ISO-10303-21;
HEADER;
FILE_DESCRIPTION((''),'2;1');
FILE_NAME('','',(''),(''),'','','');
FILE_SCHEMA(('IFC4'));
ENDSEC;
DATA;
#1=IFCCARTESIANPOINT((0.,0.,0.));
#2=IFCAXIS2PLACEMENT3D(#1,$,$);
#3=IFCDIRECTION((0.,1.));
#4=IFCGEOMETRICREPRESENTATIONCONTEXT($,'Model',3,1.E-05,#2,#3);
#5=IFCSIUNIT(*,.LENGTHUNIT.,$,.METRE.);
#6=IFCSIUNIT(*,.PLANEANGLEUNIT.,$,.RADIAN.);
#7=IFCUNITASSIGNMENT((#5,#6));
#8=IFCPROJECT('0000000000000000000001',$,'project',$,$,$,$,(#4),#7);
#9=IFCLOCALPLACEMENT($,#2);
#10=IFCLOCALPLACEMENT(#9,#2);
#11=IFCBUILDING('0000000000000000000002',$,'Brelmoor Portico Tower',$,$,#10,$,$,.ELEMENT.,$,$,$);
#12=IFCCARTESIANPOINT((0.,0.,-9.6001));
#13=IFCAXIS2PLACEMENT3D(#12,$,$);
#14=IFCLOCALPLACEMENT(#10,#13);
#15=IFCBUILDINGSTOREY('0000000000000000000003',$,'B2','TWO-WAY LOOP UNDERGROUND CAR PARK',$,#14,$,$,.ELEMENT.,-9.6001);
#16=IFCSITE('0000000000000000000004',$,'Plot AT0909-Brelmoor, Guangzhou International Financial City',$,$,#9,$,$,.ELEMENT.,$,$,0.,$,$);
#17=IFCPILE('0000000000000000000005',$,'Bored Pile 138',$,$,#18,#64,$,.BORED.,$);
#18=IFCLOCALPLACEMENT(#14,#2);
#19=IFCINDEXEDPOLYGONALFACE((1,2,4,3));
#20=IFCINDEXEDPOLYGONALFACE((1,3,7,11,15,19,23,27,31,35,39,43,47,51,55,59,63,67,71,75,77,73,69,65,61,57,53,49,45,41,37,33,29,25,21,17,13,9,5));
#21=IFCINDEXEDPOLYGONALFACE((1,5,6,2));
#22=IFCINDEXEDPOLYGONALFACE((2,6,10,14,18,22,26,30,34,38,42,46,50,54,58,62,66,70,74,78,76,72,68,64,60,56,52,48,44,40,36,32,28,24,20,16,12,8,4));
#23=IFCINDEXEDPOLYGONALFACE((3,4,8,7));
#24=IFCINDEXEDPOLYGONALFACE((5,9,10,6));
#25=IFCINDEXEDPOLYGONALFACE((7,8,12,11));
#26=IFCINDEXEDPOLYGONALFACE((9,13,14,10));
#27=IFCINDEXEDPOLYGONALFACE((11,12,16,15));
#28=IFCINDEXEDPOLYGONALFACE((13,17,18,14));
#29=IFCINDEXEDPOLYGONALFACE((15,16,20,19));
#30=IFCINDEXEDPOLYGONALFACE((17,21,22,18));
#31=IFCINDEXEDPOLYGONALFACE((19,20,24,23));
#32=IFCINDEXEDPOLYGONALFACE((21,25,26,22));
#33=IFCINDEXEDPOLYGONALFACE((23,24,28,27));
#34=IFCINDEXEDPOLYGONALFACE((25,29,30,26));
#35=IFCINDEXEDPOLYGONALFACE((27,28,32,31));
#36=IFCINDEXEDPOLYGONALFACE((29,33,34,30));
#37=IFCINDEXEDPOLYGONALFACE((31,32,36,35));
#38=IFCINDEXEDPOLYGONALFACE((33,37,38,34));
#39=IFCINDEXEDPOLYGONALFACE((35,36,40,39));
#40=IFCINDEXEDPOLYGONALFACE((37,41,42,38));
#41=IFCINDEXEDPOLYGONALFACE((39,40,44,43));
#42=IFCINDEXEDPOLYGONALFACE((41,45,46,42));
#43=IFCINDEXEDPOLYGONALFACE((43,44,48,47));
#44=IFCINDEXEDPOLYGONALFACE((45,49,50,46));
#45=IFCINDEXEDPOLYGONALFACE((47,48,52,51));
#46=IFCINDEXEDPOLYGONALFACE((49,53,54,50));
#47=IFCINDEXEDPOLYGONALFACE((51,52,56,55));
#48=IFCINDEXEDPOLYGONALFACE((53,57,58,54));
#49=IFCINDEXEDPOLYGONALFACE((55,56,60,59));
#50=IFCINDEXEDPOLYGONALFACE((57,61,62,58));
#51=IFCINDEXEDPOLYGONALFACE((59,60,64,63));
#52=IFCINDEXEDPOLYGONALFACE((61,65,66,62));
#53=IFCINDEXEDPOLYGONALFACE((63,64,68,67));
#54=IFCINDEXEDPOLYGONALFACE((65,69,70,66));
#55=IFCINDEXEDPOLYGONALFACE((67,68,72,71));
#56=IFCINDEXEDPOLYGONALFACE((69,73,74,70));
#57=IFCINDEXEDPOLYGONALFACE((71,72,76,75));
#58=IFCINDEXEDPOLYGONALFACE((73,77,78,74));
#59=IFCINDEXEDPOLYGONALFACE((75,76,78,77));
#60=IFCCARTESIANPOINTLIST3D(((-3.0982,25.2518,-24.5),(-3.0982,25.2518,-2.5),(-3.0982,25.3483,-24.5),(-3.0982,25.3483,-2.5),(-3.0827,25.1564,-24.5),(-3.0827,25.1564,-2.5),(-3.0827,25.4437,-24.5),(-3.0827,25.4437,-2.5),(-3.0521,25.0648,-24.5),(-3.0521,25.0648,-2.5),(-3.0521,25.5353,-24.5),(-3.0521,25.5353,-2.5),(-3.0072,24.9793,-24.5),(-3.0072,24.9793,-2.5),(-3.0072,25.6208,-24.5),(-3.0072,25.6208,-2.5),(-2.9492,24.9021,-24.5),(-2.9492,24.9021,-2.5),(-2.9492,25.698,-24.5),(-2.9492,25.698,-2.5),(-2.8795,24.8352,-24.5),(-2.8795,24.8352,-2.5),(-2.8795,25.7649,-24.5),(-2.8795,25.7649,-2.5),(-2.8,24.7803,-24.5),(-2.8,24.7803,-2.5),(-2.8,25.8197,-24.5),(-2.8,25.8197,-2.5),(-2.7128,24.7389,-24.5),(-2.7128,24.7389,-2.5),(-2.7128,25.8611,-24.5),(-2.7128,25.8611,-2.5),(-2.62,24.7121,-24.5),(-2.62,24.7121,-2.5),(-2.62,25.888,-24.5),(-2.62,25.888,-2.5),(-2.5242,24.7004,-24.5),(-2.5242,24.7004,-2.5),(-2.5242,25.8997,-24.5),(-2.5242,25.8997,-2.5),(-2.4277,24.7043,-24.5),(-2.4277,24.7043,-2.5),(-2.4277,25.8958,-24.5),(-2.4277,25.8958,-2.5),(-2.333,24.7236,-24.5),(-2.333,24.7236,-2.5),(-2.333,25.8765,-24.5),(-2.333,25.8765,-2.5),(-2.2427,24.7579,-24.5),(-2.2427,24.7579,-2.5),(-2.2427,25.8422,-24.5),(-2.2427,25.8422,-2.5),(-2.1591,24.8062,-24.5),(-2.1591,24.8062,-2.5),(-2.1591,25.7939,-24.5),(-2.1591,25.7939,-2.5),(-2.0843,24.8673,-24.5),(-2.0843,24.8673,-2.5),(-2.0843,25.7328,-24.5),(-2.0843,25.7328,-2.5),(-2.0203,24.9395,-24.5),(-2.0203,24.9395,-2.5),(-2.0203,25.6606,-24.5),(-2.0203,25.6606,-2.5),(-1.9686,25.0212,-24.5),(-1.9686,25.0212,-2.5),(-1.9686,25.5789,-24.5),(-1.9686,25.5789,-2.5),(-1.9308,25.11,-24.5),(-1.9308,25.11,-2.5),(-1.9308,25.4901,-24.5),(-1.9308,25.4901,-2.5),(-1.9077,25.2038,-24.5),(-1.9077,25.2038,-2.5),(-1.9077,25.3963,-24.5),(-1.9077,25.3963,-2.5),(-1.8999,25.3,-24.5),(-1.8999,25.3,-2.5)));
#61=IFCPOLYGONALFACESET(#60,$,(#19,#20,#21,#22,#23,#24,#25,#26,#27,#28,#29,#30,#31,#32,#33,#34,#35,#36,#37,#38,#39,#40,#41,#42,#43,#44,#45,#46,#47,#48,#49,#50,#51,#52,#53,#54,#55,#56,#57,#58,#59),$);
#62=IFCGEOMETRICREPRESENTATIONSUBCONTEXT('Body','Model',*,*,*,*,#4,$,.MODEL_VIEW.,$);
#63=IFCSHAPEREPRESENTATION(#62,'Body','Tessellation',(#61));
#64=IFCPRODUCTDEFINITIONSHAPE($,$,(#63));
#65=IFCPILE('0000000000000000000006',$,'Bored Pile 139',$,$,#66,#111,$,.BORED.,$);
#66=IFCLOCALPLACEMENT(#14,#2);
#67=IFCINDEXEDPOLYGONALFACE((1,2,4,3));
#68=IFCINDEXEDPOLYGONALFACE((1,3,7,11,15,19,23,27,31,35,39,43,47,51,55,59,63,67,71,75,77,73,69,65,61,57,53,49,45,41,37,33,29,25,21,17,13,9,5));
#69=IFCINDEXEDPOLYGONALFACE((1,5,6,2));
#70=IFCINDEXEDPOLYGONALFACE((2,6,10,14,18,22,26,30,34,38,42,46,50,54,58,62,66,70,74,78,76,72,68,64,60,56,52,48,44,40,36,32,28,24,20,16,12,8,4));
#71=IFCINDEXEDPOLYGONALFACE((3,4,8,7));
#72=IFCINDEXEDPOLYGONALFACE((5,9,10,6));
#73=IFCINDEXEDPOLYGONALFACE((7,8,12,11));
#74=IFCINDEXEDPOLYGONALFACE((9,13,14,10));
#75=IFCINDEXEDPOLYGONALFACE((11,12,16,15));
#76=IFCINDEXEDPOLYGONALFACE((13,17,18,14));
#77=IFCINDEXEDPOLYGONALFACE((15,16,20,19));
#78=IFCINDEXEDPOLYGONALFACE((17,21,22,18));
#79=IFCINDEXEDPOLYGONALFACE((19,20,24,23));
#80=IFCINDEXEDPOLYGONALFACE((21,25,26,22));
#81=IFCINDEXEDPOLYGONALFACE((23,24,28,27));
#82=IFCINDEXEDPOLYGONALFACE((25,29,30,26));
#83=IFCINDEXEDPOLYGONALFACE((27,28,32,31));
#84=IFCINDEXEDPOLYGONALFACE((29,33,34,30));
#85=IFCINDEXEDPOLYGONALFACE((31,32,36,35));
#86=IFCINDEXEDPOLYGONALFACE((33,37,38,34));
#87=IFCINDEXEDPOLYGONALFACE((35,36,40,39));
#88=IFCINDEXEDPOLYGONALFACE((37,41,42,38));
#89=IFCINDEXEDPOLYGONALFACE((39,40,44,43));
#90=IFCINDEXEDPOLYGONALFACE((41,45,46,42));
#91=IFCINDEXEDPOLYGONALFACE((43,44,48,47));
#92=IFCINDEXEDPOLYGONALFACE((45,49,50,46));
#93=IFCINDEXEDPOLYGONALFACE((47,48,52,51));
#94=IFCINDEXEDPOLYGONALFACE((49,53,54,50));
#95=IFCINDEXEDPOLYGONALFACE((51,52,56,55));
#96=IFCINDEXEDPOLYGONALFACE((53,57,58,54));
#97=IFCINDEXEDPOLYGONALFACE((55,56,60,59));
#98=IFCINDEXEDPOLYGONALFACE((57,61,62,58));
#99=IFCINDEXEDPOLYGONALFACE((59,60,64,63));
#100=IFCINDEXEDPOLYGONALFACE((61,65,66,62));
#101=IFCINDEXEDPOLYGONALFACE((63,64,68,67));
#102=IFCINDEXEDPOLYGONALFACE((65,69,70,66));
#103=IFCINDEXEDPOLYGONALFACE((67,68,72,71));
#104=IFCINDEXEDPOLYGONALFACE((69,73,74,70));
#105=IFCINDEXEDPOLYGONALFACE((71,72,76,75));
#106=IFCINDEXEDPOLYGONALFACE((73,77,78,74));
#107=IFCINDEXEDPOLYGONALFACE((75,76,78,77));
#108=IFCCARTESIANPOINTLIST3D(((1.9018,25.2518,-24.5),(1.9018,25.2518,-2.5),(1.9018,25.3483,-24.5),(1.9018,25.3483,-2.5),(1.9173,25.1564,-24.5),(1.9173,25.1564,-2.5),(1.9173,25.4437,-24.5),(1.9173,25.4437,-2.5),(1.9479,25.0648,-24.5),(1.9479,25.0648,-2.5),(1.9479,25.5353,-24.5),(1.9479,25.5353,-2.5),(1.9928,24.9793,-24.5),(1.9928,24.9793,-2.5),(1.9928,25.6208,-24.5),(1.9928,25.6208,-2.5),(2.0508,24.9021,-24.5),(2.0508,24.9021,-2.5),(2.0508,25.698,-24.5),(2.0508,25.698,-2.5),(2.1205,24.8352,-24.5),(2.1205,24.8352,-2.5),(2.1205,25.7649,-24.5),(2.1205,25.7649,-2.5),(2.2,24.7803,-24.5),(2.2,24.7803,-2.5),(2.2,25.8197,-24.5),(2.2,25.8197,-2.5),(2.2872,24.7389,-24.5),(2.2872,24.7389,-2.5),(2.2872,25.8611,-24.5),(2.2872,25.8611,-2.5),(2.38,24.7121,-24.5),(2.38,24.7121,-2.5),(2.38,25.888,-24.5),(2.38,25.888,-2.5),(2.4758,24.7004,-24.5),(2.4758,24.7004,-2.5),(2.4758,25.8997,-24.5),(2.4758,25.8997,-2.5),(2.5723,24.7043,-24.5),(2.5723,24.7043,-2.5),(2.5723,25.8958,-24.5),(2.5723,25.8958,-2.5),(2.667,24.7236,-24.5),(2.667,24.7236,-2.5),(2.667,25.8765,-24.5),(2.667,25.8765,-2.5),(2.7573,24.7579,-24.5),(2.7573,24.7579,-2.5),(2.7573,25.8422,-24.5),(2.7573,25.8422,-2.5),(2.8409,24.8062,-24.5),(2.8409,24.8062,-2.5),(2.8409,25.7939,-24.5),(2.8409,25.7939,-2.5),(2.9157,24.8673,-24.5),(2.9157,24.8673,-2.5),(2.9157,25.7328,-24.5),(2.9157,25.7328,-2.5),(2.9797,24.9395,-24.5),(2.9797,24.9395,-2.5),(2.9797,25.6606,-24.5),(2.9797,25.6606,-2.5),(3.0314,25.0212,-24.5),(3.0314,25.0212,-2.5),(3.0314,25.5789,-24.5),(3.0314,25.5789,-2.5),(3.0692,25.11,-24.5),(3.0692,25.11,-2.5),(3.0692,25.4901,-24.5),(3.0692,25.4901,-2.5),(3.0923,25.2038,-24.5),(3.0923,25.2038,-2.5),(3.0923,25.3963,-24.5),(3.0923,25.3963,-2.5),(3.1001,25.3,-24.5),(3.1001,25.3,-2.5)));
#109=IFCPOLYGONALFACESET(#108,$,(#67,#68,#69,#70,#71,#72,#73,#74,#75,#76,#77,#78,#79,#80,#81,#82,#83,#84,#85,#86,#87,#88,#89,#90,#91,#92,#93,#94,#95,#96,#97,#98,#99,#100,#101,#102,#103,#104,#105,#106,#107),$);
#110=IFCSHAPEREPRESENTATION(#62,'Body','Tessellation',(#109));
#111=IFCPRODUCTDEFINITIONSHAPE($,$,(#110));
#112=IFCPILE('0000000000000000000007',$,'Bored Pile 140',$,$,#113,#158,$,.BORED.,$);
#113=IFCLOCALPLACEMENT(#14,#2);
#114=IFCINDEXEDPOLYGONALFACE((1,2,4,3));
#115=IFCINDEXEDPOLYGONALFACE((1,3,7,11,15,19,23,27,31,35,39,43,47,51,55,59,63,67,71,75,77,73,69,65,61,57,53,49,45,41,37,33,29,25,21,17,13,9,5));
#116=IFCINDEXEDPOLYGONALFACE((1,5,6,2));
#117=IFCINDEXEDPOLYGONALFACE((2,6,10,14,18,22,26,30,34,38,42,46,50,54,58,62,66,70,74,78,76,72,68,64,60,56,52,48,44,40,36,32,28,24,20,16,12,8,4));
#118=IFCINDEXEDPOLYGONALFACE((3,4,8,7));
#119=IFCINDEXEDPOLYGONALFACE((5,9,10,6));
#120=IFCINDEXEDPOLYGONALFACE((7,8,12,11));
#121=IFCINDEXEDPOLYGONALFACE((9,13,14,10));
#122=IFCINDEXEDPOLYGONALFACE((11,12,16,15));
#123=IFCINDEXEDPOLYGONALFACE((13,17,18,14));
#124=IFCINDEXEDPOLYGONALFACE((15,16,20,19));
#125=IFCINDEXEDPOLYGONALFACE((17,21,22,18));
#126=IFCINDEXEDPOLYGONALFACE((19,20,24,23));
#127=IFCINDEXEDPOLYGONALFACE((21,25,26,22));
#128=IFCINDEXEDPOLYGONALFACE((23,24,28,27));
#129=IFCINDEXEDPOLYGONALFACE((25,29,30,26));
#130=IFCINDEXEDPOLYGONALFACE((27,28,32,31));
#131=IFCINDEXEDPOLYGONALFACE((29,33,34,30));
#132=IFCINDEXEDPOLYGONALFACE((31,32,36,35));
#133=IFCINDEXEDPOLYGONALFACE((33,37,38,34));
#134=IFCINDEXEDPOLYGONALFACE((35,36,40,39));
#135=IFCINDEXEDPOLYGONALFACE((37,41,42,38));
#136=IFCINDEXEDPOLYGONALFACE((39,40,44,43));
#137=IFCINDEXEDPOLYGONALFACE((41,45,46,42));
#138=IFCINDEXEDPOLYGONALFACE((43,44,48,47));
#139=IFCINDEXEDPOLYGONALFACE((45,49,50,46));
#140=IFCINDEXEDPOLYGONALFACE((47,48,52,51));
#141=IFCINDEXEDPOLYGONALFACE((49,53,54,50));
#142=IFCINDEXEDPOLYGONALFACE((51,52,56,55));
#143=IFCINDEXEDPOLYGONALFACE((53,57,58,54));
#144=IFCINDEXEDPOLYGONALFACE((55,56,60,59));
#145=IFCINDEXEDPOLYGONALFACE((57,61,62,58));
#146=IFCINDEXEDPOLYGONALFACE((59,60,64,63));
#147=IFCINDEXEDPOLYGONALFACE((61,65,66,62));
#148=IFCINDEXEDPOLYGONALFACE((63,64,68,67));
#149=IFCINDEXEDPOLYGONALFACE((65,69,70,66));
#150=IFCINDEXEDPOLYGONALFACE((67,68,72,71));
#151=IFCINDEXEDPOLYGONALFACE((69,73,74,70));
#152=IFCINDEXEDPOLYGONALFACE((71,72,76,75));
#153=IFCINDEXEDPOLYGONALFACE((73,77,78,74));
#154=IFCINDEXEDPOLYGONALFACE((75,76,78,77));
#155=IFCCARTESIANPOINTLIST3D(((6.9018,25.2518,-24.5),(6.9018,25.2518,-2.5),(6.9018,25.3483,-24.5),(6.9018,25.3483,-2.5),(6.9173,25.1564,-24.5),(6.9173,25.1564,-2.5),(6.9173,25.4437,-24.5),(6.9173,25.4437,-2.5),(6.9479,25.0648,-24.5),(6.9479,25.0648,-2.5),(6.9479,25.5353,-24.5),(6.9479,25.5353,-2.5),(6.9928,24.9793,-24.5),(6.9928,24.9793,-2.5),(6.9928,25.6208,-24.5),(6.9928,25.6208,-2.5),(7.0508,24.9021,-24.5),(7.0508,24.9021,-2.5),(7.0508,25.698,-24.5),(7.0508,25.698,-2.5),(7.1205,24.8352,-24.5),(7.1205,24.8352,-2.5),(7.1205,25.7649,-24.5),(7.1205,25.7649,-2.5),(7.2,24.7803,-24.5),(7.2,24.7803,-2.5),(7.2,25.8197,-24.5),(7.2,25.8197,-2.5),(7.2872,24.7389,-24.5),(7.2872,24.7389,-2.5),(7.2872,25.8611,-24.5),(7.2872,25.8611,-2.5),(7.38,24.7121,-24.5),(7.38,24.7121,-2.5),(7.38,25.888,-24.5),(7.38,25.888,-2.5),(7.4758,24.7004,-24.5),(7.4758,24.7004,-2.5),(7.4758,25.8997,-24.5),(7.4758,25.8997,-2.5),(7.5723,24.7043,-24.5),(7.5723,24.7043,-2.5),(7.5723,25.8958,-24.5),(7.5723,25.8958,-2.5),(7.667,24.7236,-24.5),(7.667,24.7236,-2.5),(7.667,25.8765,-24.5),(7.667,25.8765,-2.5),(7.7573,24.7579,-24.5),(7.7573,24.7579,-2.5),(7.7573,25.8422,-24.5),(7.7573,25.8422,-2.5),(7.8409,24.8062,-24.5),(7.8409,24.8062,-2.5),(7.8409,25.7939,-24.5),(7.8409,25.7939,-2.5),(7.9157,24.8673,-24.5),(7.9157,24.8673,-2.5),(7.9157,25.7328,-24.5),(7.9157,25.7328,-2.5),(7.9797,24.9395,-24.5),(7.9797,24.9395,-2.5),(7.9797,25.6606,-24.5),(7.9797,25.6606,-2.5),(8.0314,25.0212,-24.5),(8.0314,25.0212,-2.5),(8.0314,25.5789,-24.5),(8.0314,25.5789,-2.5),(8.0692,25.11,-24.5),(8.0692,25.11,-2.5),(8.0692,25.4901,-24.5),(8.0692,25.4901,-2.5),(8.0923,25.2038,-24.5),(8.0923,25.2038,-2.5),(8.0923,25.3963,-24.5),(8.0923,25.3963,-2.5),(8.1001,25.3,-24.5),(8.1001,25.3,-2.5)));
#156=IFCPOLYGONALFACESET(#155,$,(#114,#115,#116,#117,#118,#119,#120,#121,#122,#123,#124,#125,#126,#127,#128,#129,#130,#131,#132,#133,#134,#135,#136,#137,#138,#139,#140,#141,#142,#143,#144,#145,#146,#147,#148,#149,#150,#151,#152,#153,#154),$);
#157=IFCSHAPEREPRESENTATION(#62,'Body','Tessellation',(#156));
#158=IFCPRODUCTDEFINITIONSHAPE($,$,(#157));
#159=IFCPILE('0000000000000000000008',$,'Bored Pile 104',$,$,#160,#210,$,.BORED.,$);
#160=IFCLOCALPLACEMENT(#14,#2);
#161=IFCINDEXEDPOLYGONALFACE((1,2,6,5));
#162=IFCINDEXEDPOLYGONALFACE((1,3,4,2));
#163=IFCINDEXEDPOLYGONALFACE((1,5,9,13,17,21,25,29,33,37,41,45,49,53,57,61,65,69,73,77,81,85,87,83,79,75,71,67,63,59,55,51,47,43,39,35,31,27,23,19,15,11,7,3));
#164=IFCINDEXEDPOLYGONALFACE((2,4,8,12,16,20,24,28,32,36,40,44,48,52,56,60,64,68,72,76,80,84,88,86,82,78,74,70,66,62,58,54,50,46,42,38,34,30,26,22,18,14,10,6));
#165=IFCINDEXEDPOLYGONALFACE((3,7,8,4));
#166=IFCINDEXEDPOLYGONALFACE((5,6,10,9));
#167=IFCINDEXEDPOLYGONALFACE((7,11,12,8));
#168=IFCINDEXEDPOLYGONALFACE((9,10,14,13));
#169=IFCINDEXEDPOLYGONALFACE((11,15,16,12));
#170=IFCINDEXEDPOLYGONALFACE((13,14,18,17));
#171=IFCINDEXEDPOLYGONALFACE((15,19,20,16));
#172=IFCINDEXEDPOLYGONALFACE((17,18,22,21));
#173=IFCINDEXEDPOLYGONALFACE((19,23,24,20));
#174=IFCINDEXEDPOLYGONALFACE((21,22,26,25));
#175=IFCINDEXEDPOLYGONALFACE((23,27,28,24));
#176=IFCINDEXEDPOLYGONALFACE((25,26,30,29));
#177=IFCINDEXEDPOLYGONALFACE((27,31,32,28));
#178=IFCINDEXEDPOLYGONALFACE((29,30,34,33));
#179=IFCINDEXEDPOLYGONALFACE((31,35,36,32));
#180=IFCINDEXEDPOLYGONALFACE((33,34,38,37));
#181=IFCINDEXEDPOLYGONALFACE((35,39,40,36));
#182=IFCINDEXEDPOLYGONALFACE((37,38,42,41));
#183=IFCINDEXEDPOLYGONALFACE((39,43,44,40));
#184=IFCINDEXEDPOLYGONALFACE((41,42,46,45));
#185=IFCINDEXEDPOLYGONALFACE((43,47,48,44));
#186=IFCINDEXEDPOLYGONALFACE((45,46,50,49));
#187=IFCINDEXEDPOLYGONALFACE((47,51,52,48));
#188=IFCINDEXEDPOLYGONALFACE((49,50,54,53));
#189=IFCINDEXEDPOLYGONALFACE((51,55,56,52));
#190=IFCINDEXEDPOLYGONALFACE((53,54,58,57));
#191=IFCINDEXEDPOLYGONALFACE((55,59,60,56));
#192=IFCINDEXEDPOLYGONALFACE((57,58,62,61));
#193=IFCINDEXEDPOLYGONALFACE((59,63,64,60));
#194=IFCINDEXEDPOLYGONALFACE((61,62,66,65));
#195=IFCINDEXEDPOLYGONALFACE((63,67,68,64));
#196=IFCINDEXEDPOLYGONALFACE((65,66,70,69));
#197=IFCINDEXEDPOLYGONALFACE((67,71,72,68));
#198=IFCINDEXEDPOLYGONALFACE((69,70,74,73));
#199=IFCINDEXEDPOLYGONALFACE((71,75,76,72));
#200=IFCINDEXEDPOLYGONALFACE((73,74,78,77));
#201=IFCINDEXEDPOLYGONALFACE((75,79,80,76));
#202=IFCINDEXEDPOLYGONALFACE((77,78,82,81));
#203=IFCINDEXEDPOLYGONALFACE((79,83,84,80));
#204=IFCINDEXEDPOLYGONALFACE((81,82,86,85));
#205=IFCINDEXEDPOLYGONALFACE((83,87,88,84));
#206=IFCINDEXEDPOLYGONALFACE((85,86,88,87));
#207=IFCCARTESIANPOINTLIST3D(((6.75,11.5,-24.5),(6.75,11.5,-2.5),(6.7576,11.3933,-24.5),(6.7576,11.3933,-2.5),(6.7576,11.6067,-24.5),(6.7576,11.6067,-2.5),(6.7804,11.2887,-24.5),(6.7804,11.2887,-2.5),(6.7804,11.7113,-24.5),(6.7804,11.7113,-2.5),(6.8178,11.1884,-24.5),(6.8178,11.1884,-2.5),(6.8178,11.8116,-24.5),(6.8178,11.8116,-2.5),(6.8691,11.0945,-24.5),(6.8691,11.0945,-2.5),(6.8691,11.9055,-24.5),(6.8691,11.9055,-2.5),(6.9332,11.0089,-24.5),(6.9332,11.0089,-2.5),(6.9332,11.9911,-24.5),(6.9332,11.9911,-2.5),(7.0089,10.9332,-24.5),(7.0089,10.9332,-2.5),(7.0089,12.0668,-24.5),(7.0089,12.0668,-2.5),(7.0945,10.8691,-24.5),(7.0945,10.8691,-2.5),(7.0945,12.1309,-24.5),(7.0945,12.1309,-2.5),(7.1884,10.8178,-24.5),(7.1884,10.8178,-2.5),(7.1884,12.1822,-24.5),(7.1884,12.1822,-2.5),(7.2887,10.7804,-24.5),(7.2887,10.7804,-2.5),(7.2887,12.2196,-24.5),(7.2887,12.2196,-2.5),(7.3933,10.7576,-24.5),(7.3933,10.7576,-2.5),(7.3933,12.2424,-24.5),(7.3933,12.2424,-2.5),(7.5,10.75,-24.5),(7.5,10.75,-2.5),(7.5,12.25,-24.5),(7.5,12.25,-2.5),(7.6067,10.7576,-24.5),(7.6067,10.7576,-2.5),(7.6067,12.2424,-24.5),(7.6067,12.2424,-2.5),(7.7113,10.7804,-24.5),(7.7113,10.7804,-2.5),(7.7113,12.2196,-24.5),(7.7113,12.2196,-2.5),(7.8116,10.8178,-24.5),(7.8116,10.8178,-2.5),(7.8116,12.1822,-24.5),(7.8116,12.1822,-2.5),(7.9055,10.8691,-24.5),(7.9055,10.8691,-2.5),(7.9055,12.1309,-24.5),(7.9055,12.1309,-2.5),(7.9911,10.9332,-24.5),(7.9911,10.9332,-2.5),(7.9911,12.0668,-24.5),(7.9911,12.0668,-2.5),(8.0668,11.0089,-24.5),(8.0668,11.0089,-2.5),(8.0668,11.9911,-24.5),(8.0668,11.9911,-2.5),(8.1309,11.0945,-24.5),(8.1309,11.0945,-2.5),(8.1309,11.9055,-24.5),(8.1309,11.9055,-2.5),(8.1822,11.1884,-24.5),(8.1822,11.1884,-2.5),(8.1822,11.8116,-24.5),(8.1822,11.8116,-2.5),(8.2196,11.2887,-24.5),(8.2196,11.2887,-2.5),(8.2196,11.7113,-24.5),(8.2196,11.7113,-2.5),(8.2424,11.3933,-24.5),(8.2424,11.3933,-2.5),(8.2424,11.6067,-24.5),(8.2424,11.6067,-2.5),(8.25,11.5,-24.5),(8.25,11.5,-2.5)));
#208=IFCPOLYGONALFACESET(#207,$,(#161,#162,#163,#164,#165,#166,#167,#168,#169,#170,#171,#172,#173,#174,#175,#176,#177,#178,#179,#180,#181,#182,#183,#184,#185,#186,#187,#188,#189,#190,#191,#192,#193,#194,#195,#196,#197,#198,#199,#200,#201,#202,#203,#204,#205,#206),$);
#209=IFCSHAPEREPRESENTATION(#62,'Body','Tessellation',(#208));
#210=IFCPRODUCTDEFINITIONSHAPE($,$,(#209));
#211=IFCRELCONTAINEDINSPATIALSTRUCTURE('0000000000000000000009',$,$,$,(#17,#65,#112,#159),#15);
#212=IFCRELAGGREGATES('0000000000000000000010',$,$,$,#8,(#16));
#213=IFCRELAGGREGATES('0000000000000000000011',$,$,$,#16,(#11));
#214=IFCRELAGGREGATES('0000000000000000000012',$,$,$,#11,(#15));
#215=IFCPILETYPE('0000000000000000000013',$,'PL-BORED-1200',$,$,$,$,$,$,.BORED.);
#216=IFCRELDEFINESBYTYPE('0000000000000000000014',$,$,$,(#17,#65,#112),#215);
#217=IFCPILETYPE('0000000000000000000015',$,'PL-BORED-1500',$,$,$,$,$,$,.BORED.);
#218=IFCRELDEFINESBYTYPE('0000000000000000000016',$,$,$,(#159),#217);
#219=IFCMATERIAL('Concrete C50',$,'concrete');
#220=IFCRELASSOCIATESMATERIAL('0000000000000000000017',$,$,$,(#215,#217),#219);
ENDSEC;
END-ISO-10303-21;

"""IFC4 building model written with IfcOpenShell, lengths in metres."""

from ifc_helpers import new_model, si_unit, direction, frame, origin, origin_2d, place, context, subcontext, project, spatial, circle, extrude, material, material_profile, profile_set, type_object, element, save


model = new_model("IFC4")

# Units and contexts
model_context = context("Model", 3, precision=1e-05, world=origin(), true_north=direction((0.0, 1.0)))
body_context = subcontext(model_context, "Body", "Model", "MODEL_VIEW")
ifc_project = project(units=[si_unit("LENGTHUNIT", "METRE"), si_unit("PLANEANGLEUNIT", "RADIAN")], contexts=[model_context])

# Site, building, storey
site_placement = place(None, origin())
site = spatial("IfcSite", under=ifc_project, at=site_placement, Name="Plot AT0909-Brelmoor, Guangzhou International Financial City", CompositionType="ELEMENT", RefElevation=0.0)
building_placement = place(site_placement, origin())
building = spatial("IfcBuilding", under=site, at=building_placement, Name="Brelmoor Portico Tower", CompositionType="ELEMENT")
storey_placement = place(building_placement, frame((0.0, 0.0, -9.6001)))
storey = spatial("IfcBuildingStorey", under=building, at=storey_placement, Name="B2", Description="TWO-WAY LOOP UNDERGROUND CAR PARK", CompositionType="ELEMENT", Elevation=-9.6001)

# Shared definitions
ifc_material_1 = material(Name="Concrete C50", Category="concrete")

# Piles
ifc_material_profile_1 = material_profile(ifc_material_1, circle(Radius=0.6001, at=origin_2d()), Name="BORED PILE D1200")
ifc_profile_set_1 = profile_set([ifc_material_profile_1], Name="Concrete C50")
pile_type_1 = type_object("IfcPileType", Name="PL-BORED-1200", PredefinedType="BORED", material=ifc_profile_set_1)
for number, where, z_axis, x_axis, name in (
    (1, (-2.5, 25.3, -2.5), (0.0, 0.0, -1.0), (1.0, 0.0, 0.0), "Bored Pile 138"),
    (2, (2.5, 25.3, -2.5), (0.0, 0.0, -1.0), (1.0, 0.0, 0.0), "Bored Pile 139"),
    (3, (7.5, 25.3, -2.5), (0.0, 0.0, -1.0), (1.0, 0.0, 0.0), "Bored Pile 140"),
):
    element("IfcPile", number, at=place(storey_placement, frame(where, z_axis=z_axis, x_axis=x_axis)), inside=storey, type_object=pile_type_1, Name=name, PredefinedType="BORED", context=body_context, shape_type="SweptSolid", body=[
        extrude(circle(Radius=0.6001, at=origin_2d()), origin(), (0.0, 0.0, 1.0), 22.0),
    ])
ifc_material_profile_2 = material_profile(ifc_material_1, circle(Radius=0.75, at=origin_2d()), Name="BORED PILE D1500")
ifc_profile_set_2 = profile_set([ifc_material_profile_2], Name="Concrete C50")
pile_type_2 = type_object("IfcPileType", Name="PL-BORED-1500", PredefinedType="BORED", material=ifc_profile_set_2)
for number, where, z_axis, x_axis, name in (
    (4, (7.5, 11.5, -2.5), (0.0, 0.0, -1.0), (1.0, 0.0, 0.0), "Bored Pile 104"),
):
    element("IfcPile", number, at=place(storey_placement, frame(where, z_axis=z_axis, x_axis=x_axis)), inside=storey, type_object=pile_type_2, Name=name, PredefinedType="BORED", context=body_context, shape_type="SweptSolid", body=[
        extrude(circle(Radius=0.75, at=origin_2d()), origin(), (0.0, 0.0, 1.0), 22.0),
    ])

save(model, "model.ifc")
